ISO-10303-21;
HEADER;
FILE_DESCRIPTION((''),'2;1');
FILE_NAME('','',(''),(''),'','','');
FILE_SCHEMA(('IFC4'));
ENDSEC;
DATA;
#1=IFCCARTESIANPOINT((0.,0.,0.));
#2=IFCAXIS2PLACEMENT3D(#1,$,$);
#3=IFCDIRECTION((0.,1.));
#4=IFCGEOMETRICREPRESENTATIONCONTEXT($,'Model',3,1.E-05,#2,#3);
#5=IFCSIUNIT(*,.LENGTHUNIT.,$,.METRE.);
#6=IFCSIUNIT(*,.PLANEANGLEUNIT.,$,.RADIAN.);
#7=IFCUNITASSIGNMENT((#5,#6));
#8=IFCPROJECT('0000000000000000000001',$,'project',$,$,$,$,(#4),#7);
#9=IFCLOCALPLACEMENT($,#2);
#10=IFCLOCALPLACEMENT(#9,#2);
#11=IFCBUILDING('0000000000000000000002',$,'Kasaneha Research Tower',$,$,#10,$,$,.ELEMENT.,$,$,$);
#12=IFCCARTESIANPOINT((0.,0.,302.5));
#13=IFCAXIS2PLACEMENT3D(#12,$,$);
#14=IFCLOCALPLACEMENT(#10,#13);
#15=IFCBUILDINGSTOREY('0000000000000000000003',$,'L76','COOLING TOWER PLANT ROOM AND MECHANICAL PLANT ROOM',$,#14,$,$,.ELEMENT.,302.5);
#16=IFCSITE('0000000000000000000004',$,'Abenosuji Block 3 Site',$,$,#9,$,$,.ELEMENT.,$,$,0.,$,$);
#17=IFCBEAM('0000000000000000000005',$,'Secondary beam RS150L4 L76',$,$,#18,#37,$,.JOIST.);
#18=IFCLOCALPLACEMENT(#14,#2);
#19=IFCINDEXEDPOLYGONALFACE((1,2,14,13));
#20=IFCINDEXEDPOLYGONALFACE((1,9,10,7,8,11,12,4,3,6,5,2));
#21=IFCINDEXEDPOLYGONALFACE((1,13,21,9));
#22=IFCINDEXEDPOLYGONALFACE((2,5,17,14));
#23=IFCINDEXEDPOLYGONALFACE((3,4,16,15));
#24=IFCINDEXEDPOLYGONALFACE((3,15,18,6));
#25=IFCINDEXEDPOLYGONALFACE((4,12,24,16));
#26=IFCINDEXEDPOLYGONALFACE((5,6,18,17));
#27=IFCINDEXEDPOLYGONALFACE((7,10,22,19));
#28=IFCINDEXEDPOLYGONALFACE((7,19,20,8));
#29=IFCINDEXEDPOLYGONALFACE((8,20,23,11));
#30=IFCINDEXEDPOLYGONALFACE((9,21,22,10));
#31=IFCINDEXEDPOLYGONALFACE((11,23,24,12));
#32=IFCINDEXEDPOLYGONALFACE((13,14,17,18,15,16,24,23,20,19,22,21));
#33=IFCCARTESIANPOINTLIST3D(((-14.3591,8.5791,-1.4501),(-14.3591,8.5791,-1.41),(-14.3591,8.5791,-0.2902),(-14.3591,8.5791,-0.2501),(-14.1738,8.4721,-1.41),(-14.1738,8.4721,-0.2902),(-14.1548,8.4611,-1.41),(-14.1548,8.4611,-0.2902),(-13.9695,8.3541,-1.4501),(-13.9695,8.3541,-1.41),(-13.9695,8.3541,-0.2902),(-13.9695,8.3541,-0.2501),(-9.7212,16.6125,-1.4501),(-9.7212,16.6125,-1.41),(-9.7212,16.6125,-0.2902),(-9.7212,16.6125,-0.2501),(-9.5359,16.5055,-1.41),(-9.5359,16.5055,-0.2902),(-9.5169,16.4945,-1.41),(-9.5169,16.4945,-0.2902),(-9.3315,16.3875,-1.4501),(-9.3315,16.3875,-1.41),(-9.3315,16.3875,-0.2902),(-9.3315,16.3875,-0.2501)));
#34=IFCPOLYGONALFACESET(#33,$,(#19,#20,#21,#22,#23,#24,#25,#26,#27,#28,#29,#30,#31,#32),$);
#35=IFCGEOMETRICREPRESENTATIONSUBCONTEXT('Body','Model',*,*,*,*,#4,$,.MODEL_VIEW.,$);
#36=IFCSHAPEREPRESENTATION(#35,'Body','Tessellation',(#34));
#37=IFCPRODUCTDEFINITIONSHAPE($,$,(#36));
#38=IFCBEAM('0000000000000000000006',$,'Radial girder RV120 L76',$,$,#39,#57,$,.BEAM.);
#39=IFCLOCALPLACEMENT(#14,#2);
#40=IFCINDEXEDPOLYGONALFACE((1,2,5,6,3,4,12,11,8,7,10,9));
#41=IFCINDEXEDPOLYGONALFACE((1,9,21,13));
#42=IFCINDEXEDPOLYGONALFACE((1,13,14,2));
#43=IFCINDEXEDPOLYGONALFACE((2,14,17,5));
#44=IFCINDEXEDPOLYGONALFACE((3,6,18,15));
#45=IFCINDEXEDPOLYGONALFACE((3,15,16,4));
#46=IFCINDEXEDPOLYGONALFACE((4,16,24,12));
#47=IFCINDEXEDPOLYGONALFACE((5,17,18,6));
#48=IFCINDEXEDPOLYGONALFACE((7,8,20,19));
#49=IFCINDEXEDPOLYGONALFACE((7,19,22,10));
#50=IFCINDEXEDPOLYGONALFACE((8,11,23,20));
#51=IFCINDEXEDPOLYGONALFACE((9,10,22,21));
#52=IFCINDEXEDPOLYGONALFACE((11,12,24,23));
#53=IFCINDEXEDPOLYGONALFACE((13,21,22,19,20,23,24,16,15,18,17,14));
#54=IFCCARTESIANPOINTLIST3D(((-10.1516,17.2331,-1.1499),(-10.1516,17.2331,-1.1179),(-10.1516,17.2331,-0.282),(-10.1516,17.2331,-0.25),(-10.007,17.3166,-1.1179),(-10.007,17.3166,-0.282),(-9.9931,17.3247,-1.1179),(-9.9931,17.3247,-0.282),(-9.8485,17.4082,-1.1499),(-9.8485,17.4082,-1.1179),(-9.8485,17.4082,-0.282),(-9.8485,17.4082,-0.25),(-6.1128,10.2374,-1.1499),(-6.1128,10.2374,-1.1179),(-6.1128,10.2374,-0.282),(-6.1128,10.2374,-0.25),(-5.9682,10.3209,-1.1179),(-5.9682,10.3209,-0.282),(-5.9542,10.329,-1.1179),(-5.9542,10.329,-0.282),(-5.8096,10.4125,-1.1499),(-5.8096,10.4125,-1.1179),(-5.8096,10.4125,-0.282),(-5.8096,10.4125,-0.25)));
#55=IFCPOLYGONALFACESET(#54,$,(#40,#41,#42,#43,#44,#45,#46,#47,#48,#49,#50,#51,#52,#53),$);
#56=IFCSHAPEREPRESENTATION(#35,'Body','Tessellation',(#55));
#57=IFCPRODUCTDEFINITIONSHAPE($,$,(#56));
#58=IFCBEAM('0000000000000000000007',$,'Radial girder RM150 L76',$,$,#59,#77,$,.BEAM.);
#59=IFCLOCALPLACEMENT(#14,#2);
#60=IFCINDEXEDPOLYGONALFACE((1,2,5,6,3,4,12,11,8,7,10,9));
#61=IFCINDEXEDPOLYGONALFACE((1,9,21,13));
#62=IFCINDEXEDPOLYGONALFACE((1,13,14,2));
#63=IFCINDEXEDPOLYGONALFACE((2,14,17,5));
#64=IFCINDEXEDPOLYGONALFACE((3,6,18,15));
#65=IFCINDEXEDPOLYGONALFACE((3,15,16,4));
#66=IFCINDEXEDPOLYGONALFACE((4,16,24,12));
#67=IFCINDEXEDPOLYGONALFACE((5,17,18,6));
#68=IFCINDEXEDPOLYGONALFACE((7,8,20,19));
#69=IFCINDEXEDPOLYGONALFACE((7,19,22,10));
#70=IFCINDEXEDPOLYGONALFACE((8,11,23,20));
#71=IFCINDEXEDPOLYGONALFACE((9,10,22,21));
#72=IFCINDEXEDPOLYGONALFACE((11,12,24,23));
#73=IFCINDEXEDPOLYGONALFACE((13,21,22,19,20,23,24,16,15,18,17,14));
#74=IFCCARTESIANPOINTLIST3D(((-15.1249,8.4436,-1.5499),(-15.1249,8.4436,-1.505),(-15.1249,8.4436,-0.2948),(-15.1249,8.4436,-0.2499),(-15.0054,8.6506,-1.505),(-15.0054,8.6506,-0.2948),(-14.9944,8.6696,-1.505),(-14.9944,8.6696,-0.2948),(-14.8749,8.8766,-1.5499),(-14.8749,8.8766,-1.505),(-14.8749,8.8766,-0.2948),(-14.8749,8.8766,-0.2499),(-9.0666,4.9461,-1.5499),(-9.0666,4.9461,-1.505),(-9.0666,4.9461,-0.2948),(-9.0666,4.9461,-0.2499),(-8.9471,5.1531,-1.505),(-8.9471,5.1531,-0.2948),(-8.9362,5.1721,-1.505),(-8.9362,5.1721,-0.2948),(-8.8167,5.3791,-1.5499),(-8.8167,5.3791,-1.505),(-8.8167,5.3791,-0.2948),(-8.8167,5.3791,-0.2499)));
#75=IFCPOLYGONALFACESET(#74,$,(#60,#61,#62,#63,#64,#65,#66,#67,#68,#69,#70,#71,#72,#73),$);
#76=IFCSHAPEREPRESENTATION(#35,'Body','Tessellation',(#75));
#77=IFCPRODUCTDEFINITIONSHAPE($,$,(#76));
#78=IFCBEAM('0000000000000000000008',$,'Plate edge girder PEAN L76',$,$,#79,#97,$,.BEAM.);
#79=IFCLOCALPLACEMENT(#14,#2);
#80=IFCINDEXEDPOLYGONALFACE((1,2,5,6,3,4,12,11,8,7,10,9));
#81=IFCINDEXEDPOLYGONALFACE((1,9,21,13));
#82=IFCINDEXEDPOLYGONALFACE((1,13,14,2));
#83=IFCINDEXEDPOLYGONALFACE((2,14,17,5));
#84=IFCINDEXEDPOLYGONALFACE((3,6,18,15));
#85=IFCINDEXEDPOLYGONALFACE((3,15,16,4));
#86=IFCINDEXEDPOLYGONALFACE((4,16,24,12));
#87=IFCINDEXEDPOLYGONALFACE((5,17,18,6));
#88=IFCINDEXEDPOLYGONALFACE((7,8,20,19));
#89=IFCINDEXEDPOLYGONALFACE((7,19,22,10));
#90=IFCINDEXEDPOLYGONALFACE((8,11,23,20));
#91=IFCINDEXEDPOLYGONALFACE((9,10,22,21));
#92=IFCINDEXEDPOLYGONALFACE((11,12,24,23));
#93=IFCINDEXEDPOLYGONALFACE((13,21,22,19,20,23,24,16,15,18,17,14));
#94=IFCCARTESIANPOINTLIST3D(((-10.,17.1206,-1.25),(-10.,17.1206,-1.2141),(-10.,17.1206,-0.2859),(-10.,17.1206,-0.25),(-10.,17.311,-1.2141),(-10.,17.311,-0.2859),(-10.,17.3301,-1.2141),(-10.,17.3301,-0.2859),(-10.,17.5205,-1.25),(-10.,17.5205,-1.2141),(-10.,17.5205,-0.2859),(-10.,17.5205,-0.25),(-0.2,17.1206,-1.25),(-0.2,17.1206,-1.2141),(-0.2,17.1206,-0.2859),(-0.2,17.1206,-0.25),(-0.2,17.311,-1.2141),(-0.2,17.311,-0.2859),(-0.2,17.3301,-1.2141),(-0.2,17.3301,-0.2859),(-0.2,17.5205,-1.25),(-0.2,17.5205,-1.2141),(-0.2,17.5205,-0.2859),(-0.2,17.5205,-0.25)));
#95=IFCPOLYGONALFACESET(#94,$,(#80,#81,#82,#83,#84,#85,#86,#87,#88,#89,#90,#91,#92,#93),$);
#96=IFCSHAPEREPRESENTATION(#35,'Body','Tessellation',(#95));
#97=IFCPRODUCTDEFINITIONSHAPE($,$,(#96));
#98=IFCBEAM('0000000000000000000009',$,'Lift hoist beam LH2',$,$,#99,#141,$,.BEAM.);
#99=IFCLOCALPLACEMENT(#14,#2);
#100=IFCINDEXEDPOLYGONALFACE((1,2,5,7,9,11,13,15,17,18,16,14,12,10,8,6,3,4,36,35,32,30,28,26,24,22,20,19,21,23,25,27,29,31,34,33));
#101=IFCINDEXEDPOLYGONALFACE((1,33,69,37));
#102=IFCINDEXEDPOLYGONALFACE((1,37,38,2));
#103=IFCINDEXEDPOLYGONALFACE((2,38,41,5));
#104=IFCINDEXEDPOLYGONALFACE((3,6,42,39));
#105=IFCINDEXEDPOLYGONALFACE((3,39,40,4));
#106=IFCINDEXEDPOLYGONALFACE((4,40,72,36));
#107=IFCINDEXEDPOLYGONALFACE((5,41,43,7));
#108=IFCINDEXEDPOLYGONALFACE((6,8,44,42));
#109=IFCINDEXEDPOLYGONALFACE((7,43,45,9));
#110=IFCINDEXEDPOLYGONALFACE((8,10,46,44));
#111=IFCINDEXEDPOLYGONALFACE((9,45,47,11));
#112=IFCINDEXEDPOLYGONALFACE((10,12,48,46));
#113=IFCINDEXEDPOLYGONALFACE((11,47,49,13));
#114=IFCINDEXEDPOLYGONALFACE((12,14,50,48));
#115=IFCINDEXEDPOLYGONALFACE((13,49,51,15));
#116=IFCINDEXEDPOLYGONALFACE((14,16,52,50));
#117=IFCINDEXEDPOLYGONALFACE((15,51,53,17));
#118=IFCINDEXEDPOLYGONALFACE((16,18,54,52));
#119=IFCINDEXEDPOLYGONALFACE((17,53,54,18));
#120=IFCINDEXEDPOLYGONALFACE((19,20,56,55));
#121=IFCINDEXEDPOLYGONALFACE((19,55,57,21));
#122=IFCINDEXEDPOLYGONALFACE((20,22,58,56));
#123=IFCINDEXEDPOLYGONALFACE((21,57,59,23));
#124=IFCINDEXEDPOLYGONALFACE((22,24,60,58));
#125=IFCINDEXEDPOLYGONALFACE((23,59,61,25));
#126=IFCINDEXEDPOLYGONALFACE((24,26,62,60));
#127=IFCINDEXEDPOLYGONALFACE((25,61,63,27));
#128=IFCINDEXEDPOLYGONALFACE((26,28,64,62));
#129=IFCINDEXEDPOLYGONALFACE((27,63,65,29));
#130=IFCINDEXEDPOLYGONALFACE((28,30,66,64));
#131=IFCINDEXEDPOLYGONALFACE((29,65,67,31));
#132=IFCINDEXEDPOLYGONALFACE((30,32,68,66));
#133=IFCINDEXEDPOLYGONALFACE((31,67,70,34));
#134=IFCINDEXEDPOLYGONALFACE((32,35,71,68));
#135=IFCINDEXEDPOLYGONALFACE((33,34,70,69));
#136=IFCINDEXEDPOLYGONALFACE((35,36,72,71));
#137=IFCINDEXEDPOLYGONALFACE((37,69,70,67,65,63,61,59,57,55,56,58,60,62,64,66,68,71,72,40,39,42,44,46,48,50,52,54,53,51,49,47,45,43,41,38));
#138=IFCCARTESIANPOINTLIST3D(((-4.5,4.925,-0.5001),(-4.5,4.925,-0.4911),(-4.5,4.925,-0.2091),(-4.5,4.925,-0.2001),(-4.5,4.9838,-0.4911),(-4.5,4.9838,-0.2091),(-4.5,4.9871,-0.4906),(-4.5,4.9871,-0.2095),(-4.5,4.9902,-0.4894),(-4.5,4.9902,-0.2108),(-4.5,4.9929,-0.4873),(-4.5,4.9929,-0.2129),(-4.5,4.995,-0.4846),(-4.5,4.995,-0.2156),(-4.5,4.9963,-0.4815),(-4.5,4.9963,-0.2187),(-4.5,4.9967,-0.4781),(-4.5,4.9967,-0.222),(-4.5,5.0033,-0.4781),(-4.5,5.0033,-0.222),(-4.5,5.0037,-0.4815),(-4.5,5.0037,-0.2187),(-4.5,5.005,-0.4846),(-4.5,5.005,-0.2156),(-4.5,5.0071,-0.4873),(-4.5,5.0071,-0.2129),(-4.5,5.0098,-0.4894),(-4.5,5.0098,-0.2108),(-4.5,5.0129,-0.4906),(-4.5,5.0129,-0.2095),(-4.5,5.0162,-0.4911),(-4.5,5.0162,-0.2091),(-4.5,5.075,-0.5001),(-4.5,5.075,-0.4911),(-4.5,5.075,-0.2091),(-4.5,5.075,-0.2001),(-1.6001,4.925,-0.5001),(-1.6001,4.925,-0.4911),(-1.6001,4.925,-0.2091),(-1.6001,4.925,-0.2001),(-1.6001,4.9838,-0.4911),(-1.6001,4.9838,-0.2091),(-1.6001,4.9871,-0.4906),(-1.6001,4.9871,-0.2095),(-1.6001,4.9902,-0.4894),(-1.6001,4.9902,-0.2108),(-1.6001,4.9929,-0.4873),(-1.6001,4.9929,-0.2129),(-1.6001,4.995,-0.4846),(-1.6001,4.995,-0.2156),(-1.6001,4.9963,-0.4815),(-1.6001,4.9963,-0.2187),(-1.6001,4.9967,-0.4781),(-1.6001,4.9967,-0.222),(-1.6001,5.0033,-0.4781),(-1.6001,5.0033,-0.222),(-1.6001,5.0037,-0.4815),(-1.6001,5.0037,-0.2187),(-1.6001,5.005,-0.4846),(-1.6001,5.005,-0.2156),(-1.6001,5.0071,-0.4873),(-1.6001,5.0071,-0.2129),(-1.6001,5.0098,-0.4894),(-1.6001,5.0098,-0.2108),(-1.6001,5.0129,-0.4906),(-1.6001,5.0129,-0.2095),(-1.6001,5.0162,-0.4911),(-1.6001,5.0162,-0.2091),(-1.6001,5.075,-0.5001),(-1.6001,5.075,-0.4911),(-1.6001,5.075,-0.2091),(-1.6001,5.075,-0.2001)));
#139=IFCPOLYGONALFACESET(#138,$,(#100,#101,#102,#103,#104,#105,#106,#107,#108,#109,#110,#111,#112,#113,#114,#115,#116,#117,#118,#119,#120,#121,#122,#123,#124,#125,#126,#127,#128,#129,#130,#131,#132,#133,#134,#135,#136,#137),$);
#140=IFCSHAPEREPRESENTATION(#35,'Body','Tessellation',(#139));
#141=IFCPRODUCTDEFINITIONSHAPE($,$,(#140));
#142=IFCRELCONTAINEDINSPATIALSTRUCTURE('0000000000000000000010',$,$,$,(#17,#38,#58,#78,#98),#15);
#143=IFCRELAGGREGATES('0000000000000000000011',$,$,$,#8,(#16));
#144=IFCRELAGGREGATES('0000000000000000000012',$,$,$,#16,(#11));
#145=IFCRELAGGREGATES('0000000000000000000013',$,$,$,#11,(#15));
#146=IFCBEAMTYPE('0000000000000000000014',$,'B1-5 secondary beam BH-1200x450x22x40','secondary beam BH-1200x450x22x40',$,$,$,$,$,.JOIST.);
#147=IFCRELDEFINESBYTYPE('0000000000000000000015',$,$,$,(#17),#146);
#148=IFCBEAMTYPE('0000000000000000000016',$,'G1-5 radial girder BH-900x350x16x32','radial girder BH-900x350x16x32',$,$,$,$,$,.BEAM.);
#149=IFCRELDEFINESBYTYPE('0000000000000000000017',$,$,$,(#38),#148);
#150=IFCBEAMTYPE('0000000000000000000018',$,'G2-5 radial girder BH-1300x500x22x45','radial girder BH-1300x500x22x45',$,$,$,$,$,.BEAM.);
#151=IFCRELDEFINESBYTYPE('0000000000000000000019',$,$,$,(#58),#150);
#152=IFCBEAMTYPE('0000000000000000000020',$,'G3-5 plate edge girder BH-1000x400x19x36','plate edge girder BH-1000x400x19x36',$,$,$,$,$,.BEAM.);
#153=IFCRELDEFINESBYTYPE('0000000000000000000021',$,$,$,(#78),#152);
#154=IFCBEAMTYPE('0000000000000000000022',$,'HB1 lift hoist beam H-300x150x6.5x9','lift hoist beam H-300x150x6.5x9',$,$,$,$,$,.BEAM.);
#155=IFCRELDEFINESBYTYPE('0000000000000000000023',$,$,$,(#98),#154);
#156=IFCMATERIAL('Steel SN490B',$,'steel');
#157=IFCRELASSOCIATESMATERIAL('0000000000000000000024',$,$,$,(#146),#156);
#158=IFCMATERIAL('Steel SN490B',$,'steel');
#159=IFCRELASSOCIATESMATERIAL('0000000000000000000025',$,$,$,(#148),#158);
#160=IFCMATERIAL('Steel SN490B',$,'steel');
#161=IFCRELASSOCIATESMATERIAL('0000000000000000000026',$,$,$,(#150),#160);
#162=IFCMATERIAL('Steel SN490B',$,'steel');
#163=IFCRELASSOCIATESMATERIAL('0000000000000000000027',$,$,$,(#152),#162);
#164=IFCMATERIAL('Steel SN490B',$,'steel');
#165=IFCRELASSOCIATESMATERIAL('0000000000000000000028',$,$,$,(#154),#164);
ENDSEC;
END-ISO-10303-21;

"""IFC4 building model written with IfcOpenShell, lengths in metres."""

from ifc_helpers import new_model, si_unit, direction, frame, origin, origin_2d, place, context, subcontext, project, spatial, i_section, extrude, material, material_profile, profile_set, type_object, element, save


model = new_model("IFC4")

# Units and contexts
model_context = context("Model", 3, precision=1e-05, world=origin(), true_north=direction((0.0, 1.0)))
body_context = subcontext(model_context, "Body", "Model", "MODEL_VIEW")
ifc_project = project(units=[si_unit("LENGTHUNIT", "METRE"), si_unit("PLANEANGLEUNIT", "RADIAN")], contexts=[model_context])

# Site, building, storey
site_placement = place(None, origin())
site = spatial("IfcSite", under=ifc_project, at=site_placement, Name="Abenosuji Block 3 Site", CompositionType="ELEMENT", RefElevation=0.0)
building_placement = place(site_placement, origin())
building = spatial("IfcBuilding", under=site, at=building_placement, Name="Kasaneha Research Tower", CompositionType="ELEMENT")
storey_placement = place(building_placement, frame((0.0, 0.0, 302.5)))
storey = spatial("IfcBuildingStorey", under=building, at=storey_placement, Name="L76", Description="COOLING TOWER PLANT ROOM AND MECHANICAL PLANT ROOM", CompositionType="ELEMENT", Elevation=302.5)

# Beams
ifc_material_1 = material(Name="Steel SN490B", Category="steel")
ifc_material_profile_1 = material_profile(ifc_material_1, i_section(OverallWidth=0.45, OverallDepth=1.2, WebThickness=0.022, FlangeThickness=0.04, at=origin_2d()), Name="BH-1200x450x22x40")
ifc_profile_set_1 = profile_set([ifc_material_profile_1], Name="Steel SN490B")
beam_type_1 = type_object("IfcBeamType", Name="B1-5 secondary beam BH-1200x450x22x40", Description="secondary beam BH-1200x450x22x40", PredefinedType="JOIST", material=ifc_profile_set_1)
beam_1_placement = place(storey_placement, frame((-9.5264, 16.5, -0.8501), z_axis=(-0.499986, -0.866034, 0.0), x_axis=(0.866034, -0.499986, 0.0)))
element("IfcBeam", 1, at=beam_1_placement, inside=storey, type_object=beam_type_1, Name="Secondary beam RS150L4 L76", PredefinedType="JOIST", context=body_context, shape_type="SweptSolid", body=[
    extrude(i_section(OverallWidth=0.45, OverallDepth=1.2, WebThickness=0.022, FlangeThickness=0.04, at=origin_2d()), origin(), (0.0, 0.0, 1.0), 9.2761),
])
ifc_material_2 = material(Name="Steel SN490B", Category="steel")
ifc_material_profile_2 = material_profile(ifc_material_2, i_section(OverallWidth=0.3501, OverallDepth=0.8999, WebThickness=0.0161, FlangeThickness=0.032, at=origin_2d()), Name="BH-900x350x16x32")
ifc_profile_set_2 = profile_set([ifc_material_profile_2], Name="Steel SN490B")
beam_type_2 = type_object("IfcBeamType", Name="G1-5 radial girder BH-900x350x16x32", Description="radial girder BH-900x350x16x32", PredefinedType="BEAM", material=ifc_profile_set_2)
beam_2_placement = place(storey_placement, frame((-5.9612, 10.325, -0.7), z_axis=(-0.499991, 0.866031, 0.0), x_axis=(-0.866031, -0.499991, 0.0)))
element("IfcBeam", 2, at=beam_2_placement, inside=storey, type_object=beam_type_2, Name="Radial girder RV120 L76", PredefinedType="BEAM", context=body_context, shape_type="SweptSolid", body=[
    extrude(i_section(OverallWidth=0.3501, OverallDepth=0.8999, WebThickness=0.0161, FlangeThickness=0.032, at=origin_2d()), origin(), (0.0, 0.0, 1.0), 8.0779),
])
ifc_material_3 = material(Name="Steel SN490B", Category="steel")
ifc_material_profile_3 = material_profile(ifc_material_3, i_section(OverallWidth=0.5, OverallDepth=1.3, WebThickness=0.022, FlangeThickness=0.0449, at=origin_2d()), Name="BH-1300x500x22x45")
ifc_profile_set_3 = profile_set([ifc_material_profile_3], Name="Steel SN490B")
beam_type_3 = type_object("IfcBeamType", Name="G2-5 radial girder BH-1300x500x22x45", Description="radial girder BH-1300x500x22x45", PredefinedType="BEAM", material=ifc_profile_set_3)
beam_3_placement = place(storey_placement, frame((-8.9417, 5.1626, -0.8999), z_axis=(-0.86604, 0.499975, 0.0), x_axis=(-0.499975, -0.86604, 0.0)))
element("IfcBeam", 3, at=beam_3_placement, inside=storey, type_object=beam_type_3, Name="Radial girder RM150 L76", PredefinedType="BEAM", context=body_context, shape_type="SweptSolid", body=[
    extrude(i_section(OverallWidth=0.5, OverallDepth=1.3, WebThickness=0.022, FlangeThickness=0.0449, at=origin_2d()), origin(), (0.0, 0.0, 1.0), 6.9954),
])
ifc_material_4 = material(Name="Steel SN490B", Category="steel")
ifc_material_profile_4 = material_profile(ifc_material_4, i_section(OverallWidth=0.3999, OverallDepth=1.0, WebThickness=0.019, FlangeThickness=0.0359, at=origin_2d()), Name="BH-1000x400x19x36")
ifc_profile_set_4 = profile_set([ifc_material_profile_4], Name="Steel SN490B")
beam_type_4 = type_object("IfcBeamType", Name="G3-5 plate edge girder BH-1000x400x19x36", Description="plate edge girder BH-1000x400x19x36", PredefinedType="BEAM", material=ifc_profile_set_4)
beam_4_placement = place(storey_placement, frame((-10.0, 17.3206, -0.75), z_axis=(1.0, 0.0, 0.0), x_axis=(0.0, 1.0, 0.0)))
element("IfcBeam", 4, at=beam_4_placement, inside=storey, type_object=beam_type_4, Name="Plate edge girder PEAN L76", PredefinedType="BEAM", context=body_context, shape_type="SweptSolid", body=[
    extrude(i_section(OverallWidth=0.3999, OverallDepth=1.0, WebThickness=0.019, FlangeThickness=0.0359, at=origin_2d()), origin(), (0.0, 0.0, 1.0), 9.8),
])
ifc_material_5 = material(Name="Steel SN490B", Category="steel")
ifc_material_profile_5 = material_profile(ifc_material_5, i_section(OverallWidth=0.1499, OverallDepth=0.3, WebThickness=0.0066, FlangeThickness=0.009, FilletRadius=0.0129, at=origin_2d()), Name="H-300x150x6.5x9")
ifc_profile_set_5 = profile_set([ifc_material_profile_5], Name="Steel SN490B")
beam_type_5 = type_object("IfcBeamType", Name="HB1 lift hoist beam H-300x150x6.5x9", Description="lift hoist beam H-300x150x6.5x9", PredefinedType="BEAM", material=ifc_profile_set_5)
beam_5_placement = place(storey_placement, frame((-4.5, 5.0, -0.3501), z_axis=(1.0, 0.0, 0.0), x_axis=(0.0, 1.0, 0.0)))
element("IfcBeam", 5, at=beam_5_placement, inside=storey, type_object=beam_type_5, Name="Lift hoist beam LH2", PredefinedType="BEAM", context=body_context, shape_type="SweptSolid", body=[
    extrude(i_section(OverallWidth=0.1499, OverallDepth=0.3, WebThickness=0.0066, FlangeThickness=0.009, FilletRadius=0.0129, at=origin_2d()), origin(), (0.0, 0.0, 1.0), 2.8999),
])

save(model, "model.ifc")
